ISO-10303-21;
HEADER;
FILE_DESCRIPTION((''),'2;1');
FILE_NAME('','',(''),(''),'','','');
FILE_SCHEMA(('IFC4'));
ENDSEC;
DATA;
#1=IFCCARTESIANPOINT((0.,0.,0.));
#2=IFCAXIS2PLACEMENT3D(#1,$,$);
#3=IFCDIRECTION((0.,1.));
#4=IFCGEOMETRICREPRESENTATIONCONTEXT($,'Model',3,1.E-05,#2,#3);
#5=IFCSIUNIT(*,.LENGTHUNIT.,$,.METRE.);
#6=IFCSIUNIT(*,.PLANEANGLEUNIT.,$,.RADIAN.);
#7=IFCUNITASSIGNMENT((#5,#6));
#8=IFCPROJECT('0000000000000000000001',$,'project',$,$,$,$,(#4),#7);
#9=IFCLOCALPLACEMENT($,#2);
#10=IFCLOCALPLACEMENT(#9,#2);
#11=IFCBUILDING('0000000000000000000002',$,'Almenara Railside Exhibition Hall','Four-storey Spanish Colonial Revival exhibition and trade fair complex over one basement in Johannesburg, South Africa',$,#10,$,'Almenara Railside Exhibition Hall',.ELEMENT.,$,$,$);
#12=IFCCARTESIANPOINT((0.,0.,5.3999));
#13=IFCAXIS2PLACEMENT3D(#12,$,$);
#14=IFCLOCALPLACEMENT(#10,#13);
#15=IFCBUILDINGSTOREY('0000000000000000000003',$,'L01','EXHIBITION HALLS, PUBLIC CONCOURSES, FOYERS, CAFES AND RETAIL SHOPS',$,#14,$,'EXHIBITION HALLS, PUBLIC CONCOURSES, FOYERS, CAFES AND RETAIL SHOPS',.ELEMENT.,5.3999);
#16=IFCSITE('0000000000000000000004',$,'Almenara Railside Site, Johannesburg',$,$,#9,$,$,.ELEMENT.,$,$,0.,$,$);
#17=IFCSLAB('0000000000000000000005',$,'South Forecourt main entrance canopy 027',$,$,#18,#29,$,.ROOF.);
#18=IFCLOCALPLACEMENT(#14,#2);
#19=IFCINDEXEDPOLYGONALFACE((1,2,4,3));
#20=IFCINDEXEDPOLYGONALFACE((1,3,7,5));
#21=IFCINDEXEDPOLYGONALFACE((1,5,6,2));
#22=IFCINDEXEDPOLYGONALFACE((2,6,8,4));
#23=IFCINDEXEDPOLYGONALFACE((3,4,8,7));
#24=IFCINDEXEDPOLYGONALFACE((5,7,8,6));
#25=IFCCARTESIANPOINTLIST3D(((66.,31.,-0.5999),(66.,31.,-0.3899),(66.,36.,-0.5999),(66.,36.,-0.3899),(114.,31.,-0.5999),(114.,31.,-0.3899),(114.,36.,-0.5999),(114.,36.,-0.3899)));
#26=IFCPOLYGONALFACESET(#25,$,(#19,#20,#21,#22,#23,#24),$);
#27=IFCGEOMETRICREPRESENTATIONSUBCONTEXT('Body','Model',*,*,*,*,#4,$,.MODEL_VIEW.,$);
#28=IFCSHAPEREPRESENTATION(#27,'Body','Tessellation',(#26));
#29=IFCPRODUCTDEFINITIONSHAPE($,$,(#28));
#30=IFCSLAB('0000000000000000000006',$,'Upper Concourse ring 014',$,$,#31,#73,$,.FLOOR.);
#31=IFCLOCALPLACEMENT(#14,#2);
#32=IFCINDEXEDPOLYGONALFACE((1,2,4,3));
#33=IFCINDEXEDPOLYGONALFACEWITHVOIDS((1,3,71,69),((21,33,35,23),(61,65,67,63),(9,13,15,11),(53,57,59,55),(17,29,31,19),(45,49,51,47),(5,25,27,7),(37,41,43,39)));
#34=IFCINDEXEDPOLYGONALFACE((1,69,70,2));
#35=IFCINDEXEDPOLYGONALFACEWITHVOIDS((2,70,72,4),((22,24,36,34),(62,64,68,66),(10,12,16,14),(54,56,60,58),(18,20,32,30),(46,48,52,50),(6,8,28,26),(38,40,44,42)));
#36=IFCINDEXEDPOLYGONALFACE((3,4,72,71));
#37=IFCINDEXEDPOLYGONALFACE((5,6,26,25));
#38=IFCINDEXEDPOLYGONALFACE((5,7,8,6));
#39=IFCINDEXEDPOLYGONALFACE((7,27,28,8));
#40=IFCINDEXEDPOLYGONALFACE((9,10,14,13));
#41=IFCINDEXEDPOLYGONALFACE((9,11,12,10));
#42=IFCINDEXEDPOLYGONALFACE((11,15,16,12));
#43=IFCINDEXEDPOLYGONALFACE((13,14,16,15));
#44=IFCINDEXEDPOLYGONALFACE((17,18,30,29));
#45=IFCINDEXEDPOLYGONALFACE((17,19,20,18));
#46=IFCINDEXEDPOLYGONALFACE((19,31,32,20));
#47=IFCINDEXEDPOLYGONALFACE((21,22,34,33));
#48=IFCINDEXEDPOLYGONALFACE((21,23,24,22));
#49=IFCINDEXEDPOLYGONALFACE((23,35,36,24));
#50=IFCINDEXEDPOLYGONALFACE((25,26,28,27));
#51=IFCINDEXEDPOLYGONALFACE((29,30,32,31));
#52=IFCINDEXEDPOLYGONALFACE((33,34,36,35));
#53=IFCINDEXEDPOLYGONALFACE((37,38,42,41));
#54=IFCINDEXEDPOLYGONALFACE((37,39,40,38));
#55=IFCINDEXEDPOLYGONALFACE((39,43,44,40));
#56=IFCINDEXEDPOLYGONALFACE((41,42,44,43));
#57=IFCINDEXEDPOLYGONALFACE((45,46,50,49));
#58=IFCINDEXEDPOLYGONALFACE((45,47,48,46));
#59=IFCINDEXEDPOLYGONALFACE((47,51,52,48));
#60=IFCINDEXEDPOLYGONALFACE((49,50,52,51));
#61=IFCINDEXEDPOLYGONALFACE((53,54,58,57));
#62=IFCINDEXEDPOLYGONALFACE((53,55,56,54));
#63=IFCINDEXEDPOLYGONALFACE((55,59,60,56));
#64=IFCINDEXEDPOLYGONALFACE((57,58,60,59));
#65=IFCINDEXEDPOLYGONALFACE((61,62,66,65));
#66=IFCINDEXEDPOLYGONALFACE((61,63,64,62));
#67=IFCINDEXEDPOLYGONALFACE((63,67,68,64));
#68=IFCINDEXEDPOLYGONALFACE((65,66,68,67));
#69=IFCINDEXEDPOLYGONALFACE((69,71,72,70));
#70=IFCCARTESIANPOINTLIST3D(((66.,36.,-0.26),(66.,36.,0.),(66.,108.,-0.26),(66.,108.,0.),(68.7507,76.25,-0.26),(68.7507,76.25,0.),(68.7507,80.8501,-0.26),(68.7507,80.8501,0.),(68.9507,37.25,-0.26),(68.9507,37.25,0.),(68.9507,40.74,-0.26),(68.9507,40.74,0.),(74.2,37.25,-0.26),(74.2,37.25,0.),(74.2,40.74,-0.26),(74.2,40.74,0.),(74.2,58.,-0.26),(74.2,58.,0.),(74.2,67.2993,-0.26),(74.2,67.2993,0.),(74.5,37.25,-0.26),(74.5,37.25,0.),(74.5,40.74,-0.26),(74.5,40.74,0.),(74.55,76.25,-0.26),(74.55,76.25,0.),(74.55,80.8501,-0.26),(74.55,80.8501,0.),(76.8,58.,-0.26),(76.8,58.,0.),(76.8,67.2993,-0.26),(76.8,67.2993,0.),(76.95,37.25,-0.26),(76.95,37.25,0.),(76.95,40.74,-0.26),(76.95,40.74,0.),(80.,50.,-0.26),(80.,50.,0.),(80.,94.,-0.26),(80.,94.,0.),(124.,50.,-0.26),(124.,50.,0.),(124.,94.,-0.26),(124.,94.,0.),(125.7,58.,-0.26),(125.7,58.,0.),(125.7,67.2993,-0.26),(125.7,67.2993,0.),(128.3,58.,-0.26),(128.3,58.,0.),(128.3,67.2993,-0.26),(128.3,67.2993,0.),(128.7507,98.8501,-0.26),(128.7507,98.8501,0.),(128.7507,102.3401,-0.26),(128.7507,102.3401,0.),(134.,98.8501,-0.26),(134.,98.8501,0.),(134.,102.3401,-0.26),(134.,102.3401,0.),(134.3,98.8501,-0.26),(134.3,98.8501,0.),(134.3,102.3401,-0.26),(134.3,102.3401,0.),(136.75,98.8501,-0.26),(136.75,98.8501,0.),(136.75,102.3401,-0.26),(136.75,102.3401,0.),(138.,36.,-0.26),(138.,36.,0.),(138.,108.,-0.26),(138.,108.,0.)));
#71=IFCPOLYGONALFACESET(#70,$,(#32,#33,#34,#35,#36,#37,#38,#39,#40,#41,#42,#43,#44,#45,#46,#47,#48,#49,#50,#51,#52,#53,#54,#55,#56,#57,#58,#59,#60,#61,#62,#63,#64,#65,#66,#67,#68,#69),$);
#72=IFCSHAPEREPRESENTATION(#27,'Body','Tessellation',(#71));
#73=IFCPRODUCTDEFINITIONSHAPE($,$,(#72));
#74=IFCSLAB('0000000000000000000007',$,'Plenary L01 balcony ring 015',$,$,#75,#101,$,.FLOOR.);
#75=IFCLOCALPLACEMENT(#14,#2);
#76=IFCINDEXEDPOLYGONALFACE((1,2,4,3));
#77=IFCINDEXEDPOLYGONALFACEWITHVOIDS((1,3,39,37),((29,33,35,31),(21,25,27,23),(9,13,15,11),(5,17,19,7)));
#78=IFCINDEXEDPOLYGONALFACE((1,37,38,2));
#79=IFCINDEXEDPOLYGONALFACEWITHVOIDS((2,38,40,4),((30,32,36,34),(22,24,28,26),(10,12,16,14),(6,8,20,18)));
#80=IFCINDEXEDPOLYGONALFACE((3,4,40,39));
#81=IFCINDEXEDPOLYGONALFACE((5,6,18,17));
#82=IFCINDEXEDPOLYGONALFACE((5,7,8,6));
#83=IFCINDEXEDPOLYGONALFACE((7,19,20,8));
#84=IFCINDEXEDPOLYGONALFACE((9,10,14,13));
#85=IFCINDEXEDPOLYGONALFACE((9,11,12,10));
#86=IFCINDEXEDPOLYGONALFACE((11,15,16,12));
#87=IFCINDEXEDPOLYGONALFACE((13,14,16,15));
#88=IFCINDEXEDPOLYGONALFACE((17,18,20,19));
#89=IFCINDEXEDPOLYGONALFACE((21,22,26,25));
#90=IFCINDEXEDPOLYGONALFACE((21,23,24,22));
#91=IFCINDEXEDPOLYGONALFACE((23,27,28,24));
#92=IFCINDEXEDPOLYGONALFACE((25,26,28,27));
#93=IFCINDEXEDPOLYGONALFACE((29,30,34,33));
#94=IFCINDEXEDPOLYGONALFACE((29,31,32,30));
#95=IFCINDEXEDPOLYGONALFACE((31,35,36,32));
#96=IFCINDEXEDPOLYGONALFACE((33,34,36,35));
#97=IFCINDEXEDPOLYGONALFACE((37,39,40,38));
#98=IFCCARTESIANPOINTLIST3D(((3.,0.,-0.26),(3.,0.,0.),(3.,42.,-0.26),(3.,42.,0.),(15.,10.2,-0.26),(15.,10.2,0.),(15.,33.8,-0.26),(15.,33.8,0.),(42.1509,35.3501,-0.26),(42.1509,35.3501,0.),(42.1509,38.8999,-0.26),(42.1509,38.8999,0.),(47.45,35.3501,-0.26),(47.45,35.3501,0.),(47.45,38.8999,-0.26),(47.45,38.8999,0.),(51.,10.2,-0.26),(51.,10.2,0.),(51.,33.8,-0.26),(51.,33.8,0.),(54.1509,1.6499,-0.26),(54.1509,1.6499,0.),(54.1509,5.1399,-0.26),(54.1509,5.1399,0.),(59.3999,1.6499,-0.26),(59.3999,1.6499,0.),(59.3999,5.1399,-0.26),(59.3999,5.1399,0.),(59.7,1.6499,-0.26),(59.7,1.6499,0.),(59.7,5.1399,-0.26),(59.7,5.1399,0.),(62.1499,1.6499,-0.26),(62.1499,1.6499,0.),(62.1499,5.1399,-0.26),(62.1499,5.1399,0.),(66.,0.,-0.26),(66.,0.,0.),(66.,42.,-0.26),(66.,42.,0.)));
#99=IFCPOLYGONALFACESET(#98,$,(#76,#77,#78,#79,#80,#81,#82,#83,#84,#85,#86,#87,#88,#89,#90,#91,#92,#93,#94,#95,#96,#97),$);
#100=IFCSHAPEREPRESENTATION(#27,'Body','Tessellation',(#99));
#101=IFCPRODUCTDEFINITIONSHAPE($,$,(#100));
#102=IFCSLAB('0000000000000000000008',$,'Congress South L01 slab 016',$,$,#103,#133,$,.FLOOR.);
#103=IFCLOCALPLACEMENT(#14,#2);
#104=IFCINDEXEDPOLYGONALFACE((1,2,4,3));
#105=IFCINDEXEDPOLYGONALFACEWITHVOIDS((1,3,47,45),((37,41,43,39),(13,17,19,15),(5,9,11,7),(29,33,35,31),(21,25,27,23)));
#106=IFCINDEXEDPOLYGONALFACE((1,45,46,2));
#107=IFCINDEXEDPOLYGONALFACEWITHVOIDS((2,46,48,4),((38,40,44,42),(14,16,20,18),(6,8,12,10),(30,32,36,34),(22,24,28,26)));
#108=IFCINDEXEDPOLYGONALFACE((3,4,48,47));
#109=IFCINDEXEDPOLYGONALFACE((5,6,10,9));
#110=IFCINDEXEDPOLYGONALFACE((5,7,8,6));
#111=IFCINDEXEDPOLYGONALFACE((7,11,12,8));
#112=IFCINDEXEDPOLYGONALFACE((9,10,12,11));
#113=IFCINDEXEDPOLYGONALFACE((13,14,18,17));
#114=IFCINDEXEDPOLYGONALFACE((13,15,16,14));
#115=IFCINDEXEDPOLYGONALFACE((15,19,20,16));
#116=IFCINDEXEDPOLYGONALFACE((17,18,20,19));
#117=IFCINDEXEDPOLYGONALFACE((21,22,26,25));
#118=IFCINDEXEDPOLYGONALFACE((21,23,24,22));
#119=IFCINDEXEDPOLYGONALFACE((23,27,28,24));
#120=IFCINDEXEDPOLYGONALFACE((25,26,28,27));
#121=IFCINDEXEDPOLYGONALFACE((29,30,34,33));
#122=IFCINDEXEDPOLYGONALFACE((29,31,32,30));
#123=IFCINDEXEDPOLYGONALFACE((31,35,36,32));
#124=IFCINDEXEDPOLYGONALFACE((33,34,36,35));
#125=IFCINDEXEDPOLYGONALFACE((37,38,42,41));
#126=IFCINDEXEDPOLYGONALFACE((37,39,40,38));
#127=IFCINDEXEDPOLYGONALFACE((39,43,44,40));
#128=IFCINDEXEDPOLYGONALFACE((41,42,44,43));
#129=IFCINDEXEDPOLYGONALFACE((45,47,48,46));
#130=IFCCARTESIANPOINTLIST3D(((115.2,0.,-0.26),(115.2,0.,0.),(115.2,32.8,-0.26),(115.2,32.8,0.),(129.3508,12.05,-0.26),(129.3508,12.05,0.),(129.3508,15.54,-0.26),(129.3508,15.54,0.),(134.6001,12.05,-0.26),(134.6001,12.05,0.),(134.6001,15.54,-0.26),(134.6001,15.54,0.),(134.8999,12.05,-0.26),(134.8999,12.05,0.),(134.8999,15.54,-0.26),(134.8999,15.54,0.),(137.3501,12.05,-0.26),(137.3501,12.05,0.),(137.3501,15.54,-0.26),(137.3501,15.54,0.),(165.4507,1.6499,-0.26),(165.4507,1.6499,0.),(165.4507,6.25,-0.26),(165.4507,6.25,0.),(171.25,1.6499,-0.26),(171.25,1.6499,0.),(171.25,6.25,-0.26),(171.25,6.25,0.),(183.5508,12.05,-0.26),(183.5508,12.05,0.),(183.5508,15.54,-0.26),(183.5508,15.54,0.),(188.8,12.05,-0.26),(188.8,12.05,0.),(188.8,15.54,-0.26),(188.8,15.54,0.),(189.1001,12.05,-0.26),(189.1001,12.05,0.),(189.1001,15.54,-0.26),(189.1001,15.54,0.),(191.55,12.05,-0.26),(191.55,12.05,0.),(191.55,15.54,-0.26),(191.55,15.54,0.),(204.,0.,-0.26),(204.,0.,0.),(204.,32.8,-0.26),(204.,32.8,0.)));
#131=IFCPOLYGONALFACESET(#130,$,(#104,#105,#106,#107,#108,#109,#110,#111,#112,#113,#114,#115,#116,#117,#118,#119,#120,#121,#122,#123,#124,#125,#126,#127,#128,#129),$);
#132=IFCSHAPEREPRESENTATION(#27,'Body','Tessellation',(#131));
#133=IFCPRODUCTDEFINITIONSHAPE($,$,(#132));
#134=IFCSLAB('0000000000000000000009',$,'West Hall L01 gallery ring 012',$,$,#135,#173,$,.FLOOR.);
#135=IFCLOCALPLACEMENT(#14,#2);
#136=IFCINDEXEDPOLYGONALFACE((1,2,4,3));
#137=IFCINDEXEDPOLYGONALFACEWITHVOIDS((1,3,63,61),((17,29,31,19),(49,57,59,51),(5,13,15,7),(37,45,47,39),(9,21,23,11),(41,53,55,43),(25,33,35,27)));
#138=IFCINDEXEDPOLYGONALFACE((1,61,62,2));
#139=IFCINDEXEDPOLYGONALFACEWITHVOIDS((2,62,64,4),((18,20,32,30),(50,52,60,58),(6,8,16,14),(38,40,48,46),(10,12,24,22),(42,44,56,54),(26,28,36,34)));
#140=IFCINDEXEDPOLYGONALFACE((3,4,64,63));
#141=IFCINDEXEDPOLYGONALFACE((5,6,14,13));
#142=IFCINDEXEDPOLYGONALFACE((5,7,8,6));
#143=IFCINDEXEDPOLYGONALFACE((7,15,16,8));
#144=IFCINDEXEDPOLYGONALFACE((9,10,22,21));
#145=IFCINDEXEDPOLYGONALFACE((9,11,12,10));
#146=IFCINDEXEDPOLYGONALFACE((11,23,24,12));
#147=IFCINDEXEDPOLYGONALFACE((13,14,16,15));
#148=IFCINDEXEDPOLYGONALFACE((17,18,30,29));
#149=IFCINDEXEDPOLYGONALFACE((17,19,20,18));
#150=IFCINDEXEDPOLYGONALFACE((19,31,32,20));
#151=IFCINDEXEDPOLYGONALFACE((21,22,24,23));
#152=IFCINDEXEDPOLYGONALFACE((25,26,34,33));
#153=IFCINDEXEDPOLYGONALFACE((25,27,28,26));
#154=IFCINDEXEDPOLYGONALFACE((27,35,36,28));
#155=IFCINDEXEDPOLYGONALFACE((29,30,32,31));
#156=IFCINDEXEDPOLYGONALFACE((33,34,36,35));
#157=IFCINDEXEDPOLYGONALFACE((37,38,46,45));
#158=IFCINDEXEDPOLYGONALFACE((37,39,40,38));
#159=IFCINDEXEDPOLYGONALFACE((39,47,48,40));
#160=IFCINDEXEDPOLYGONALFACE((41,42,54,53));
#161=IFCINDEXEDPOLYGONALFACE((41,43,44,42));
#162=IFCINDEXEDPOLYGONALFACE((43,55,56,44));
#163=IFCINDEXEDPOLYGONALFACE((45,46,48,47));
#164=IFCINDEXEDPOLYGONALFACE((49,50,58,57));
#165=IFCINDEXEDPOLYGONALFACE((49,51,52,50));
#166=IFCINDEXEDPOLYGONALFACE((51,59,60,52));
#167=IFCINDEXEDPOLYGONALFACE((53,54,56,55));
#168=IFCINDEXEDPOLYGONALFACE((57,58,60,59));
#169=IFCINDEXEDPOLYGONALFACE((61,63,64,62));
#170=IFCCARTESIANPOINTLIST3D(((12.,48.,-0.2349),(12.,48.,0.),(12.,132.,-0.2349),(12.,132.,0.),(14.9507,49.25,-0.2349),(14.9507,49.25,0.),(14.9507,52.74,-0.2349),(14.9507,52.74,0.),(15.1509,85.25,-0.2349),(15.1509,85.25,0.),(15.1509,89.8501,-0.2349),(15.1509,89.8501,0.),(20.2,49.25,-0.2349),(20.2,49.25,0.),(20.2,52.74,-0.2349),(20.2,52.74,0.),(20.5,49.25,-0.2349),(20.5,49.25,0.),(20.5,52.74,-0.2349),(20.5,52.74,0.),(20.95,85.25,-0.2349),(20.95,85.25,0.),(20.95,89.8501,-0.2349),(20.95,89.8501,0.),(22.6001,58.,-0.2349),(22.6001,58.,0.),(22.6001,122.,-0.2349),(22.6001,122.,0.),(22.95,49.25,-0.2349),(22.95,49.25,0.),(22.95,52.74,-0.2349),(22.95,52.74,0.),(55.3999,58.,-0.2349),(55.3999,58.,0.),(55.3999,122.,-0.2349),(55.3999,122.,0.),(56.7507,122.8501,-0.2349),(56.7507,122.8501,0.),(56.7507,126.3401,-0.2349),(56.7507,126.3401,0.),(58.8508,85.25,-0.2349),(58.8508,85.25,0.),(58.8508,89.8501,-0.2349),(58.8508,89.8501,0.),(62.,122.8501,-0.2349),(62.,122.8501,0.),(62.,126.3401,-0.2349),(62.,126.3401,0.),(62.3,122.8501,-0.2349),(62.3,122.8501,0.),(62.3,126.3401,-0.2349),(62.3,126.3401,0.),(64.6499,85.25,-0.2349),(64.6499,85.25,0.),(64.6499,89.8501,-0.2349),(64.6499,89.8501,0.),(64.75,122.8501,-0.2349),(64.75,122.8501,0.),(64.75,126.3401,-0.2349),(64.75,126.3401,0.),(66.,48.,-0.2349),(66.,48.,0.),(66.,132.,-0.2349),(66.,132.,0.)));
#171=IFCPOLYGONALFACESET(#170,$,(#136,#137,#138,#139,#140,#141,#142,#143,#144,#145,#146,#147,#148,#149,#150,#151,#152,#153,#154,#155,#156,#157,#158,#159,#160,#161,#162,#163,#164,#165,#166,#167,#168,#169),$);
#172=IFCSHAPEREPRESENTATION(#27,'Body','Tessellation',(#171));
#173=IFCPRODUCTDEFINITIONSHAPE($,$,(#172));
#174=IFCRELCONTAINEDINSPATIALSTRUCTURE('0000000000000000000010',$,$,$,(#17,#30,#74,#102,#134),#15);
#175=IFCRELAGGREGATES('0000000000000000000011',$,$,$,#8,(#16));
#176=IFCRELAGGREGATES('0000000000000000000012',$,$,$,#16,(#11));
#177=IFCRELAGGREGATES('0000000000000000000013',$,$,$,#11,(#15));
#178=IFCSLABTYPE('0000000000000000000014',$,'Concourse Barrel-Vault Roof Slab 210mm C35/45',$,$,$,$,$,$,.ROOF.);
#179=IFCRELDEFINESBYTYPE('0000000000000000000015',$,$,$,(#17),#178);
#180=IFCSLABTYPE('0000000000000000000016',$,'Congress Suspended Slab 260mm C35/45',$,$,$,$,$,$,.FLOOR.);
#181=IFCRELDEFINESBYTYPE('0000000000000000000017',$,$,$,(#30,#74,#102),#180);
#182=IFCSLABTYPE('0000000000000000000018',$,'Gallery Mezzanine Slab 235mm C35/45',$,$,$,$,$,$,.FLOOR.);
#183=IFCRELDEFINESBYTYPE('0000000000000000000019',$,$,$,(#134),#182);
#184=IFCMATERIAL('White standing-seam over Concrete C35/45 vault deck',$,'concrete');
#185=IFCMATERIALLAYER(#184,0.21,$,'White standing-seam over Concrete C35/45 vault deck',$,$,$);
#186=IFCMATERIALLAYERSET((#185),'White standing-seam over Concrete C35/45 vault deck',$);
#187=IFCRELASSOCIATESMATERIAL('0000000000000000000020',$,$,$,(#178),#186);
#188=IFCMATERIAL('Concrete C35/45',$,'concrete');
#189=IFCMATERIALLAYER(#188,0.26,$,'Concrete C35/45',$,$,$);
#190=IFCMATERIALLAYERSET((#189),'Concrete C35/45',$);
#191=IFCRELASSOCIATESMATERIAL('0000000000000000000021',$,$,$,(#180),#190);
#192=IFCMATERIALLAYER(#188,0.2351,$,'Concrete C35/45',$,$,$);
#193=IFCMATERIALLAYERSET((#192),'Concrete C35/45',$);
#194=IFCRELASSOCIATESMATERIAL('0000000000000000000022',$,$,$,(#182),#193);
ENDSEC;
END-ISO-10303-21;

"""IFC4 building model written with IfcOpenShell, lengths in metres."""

from ifc_helpers import new_model, si_unit, direction, frame, origin, place, context, subcontext, project, spatial, polyline, outline, extrude, material, layer, layer_set, type_object, element, save


model = new_model("IFC4")

# Units and contexts
model_context = context("Model", 3, precision=1e-05, world=origin(), true_north=direction((0.0, 1.0)))
body_context = subcontext(model_context, "Body", "Model", "MODEL_VIEW")
ifc_project = project(units=[si_unit("LENGTHUNIT", "METRE"), si_unit("PLANEANGLEUNIT", "RADIAN")], contexts=[model_context])

# Site, building, storey
site_placement = place(None, origin())
site = spatial("IfcSite", under=ifc_project, at=site_placement, Name="Almenara Railside Site, Johannesburg", CompositionType="ELEMENT", RefElevation=0.0)
building_placement = place(site_placement, origin())
building = spatial("IfcBuilding", under=site, at=building_placement, Name="Almenara Railside Exhibition Hall", Description="Four-storey Spanish Colonial Revival exhibition and trade fair complex over one basement in Johannesburg, South Africa", LongName="Almenara Railside Exhibition Hall", CompositionType="ELEMENT")
storey_placement = place(building_placement, frame((0.0, 0.0, 5.3999)))
storey = spatial("IfcBuildingStorey", under=building, at=storey_placement, Name="L01", Description="EXHIBITION HALLS, PUBLIC CONCOURSES, FOYERS, CAFES AND RETAIL SHOPS", LongName="EXHIBITION HALLS, PUBLIC CONCOURSES, FOYERS, CAFES AND RETAIL SHOPS", CompositionType="ELEMENT", Elevation=5.3999)

# Slabs
ifc_material_1 = material(Name="White standing-seam over Concrete C35/45 vault deck", Category="concrete")
ifc_layer_1 = layer(ifc_material_1, 0.21, Name="White standing-seam over Concrete C35/45 vault deck")
ifc_layer_set_1 = layer_set([ifc_layer_1], Name="White standing-seam over Concrete C35/45 vault deck")
slab_type_1 = type_object("IfcSlabType", Name="Concourse Barrel-Vault Roof Slab 210mm C35/45", PredefinedType="ROOF", material=ifc_layer_set_1)
slab_1_placement = place(storey_placement, frame((0.0, 0.0, -0.5999)))
element("IfcSlab", 1, at=slab_1_placement, inside=storey, type_object=slab_type_1, Name="South Forecourt main entrance canopy 027", PredefinedType="ROOF", context=body_context, shape_type="SweptSolid", body=[
    extrude(outline(polyline([(66.0, 31.0), (114.0, 31.0), (114.0, 36.0), (66.0, 36.0), (66.0, 31.0)])), origin(), (0.0, 0.0, 1.0), 0.21),
])
ifc_material_2 = material(Name="Concrete C35/45", Category="concrete")
ifc_layer_2 = layer(ifc_material_2, 0.26, Name="Concrete C35/45")
ifc_layer_set_2 = layer_set([ifc_layer_2], Name="Concrete C35/45")
slab_type_2 = type_object("IfcSlabType", Name="Congress Suspended Slab 260mm C35/45", PredefinedType="FLOOR", material=ifc_layer_set_2)
slab_2_placement = place(storey_placement, frame((0.0, 0.0, -0.26)))
element("IfcSlab", 2, at=slab_2_placement, inside=storey, type_object=slab_type_2, Name="Upper Concourse ring 014", PredefinedType="FLOOR", context=body_context, shape_type="SweptSolid", body=[
    extrude(outline(polyline([(66.0, 36.0), (138.0, 36.0), (138.0, 108.0), (66.0, 108.0), (66.0, 36.0)]), holes=[polyline([(68.9507, 37.25), (74.2, 37.25), (74.2, 40.74), (68.9507, 40.74), (68.9507, 37.25)]), polyline([(74.5, 37.25), (76.95, 37.25), (76.95, 40.74), (74.5, 40.74), (74.5, 37.25)]), polyline([(128.7507, 98.8501), (134.0, 98.8501), (134.0, 102.3401), (128.7507, 102.3401), (128.7507, 98.8501)]), polyline([(134.3, 98.8501), (136.75, 98.8501), (136.75, 102.3401), (134.3, 102.3401), (134.3, 98.8501)]), polyline([(80.0, 50.0), (124.0, 50.0), (124.0, 94.0), (80.0, 94.0), (80.0, 50.0)]), polyline([(74.2, 58.0), (76.8, 58.0), (76.8, 67.2993), (74.2, 67.2993), (74.2, 58.0)]), polyline([(125.7, 58.0), (128.3, 58.0), (128.3, 67.2993), (125.7, 67.2993), (125.7, 58.0)]), polyline([(68.7507, 76.25), (74.55, 76.25), (74.55, 80.8501), (68.7507, 80.8501), (68.7507, 76.25)])]), origin(), (0.0, 0.0, 1.0), 0.26),
])
slab_3_placement = place(storey_placement, frame((0.0, 0.0, -0.26)))
element("IfcSlab", 3, at=slab_3_placement, inside=storey, type_object=slab_type_2, Name="Plenary L01 balcony ring 015", PredefinedType="FLOOR", context=body_context, shape_type="SweptSolid", body=[
    extrude(outline(polyline([(3.0, 0.0), (66.0, 0.0), (66.0, 42.0), (3.0, 42.0), (3.0, 0.0)]), holes=[polyline([(54.1509, 1.6499), (59.3999, 1.6499), (59.3999, 5.1399), (54.1509, 5.1399), (54.1509, 1.6499)]), polyline([(59.7, 1.6499), (62.1499, 1.6499), (62.1499, 5.1399), (59.7, 5.1399), (59.7, 1.6499)]), polyline([(15.0, 10.2), (51.0, 10.2), (51.0, 33.8), (15.0, 33.8), (15.0, 10.2)]), polyline([(42.1509, 35.3501), (47.45, 35.3501), (47.45, 38.8999), (42.1509, 38.8999), (42.1509, 35.3501)])]), origin(), (0.0, 0.0, 1.0), 0.26),
])
slab_4_placement = place(storey_placement, frame((0.0, 0.0, -0.26)))
element("IfcSlab", 4, at=slab_4_placement, inside=storey, type_object=slab_type_2, Name="Congress South L01 slab 016", PredefinedType="FLOOR", context=body_context, shape_type="SweptSolid", body=[
    extrude(outline(polyline([(115.2, 0.0), (204.0, 0.0), (204.0, 32.8), (115.2, 32.8), (115.2, 0.0)]), holes=[polyline([(129.3508, 12.05), (134.6001, 12.05), (134.6001, 15.54), (129.3508, 15.54), (129.3508, 12.05)]), polyline([(134.8999, 12.05), (137.3501, 12.05), (137.3501, 15.54), (134.8999, 15.54), (134.8999, 12.05)]), polyline([(183.5508, 12.05), (188.8, 12.05), (188.8, 15.54), (183.5508, 15.54), (183.5508, 12.05)]), polyline([(189.1001, 12.05), (191.55, 12.05), (191.55, 15.54), (189.1001, 15.54), (189.1001, 12.05)]), polyline([(165.4507, 1.6499), (171.25, 1.6499), (171.25, 6.25), (165.4507, 6.25), (165.4507, 1.6499)])]), origin(), (0.0, 0.0, 1.0), 0.26),
])
ifc_layer_3 = layer(ifc_material_2, 0.2351, Name="Concrete C35/45")
ifc_layer_set_3 = layer_set([ifc_layer_3], Name="Concrete C35/45")
slab_type_3 = type_object("IfcSlabType", Name="Gallery Mezzanine Slab 235mm C35/45", PredefinedType="FLOOR", material=ifc_layer_set_3)
slab_5_placement = place(storey_placement, frame((0.0, 0.0, -0.2349)))
element("IfcSlab", 5, at=slab_5_placement, inside=storey, type_object=slab_type_3, Name="West Hall L01 gallery ring 012", PredefinedType="FLOOR", context=body_context, shape_type="SweptSolid", body=[
    extrude(outline(polyline([(12.0, 48.0), (66.0, 48.0), (66.0, 132.0), (12.0, 132.0), (12.0, 48.0)]), holes=[polyline([(14.9507, 49.25), (20.2, 49.25), (20.2, 52.74), (14.9507, 52.74), (14.9507, 49.25)]), polyline([(20.5, 49.25), (22.95, 49.25), (22.95, 52.74), (20.5, 52.74), (20.5, 49.25)]), polyline([(56.7507, 122.8501), (62.0, 122.8501), (62.0, 126.3401), (56.7507, 126.3401), (56.7507, 122.8501)]), polyline([(62.3, 122.8501), (64.75, 122.8501), (64.75, 126.3401), (62.3, 126.3401), (62.3, 122.8501)]), polyline([(22.6001, 58.0), (55.3999, 58.0), (55.3999, 122.0), (22.6001, 122.0), (22.6001, 58.0)]), polyline([(15.1509, 85.25), (20.95, 85.25), (20.95, 89.8501), (15.1509, 89.8501), (15.1509, 85.25)]), polyline([(58.8508, 85.25), (64.6499, 85.25), (64.6499, 89.8501), (58.8508, 89.8501), (58.8508, 85.25)])]), origin(), (0.0, 0.0, 1.0), 0.2349),
])

save(model, "model.ifc")
